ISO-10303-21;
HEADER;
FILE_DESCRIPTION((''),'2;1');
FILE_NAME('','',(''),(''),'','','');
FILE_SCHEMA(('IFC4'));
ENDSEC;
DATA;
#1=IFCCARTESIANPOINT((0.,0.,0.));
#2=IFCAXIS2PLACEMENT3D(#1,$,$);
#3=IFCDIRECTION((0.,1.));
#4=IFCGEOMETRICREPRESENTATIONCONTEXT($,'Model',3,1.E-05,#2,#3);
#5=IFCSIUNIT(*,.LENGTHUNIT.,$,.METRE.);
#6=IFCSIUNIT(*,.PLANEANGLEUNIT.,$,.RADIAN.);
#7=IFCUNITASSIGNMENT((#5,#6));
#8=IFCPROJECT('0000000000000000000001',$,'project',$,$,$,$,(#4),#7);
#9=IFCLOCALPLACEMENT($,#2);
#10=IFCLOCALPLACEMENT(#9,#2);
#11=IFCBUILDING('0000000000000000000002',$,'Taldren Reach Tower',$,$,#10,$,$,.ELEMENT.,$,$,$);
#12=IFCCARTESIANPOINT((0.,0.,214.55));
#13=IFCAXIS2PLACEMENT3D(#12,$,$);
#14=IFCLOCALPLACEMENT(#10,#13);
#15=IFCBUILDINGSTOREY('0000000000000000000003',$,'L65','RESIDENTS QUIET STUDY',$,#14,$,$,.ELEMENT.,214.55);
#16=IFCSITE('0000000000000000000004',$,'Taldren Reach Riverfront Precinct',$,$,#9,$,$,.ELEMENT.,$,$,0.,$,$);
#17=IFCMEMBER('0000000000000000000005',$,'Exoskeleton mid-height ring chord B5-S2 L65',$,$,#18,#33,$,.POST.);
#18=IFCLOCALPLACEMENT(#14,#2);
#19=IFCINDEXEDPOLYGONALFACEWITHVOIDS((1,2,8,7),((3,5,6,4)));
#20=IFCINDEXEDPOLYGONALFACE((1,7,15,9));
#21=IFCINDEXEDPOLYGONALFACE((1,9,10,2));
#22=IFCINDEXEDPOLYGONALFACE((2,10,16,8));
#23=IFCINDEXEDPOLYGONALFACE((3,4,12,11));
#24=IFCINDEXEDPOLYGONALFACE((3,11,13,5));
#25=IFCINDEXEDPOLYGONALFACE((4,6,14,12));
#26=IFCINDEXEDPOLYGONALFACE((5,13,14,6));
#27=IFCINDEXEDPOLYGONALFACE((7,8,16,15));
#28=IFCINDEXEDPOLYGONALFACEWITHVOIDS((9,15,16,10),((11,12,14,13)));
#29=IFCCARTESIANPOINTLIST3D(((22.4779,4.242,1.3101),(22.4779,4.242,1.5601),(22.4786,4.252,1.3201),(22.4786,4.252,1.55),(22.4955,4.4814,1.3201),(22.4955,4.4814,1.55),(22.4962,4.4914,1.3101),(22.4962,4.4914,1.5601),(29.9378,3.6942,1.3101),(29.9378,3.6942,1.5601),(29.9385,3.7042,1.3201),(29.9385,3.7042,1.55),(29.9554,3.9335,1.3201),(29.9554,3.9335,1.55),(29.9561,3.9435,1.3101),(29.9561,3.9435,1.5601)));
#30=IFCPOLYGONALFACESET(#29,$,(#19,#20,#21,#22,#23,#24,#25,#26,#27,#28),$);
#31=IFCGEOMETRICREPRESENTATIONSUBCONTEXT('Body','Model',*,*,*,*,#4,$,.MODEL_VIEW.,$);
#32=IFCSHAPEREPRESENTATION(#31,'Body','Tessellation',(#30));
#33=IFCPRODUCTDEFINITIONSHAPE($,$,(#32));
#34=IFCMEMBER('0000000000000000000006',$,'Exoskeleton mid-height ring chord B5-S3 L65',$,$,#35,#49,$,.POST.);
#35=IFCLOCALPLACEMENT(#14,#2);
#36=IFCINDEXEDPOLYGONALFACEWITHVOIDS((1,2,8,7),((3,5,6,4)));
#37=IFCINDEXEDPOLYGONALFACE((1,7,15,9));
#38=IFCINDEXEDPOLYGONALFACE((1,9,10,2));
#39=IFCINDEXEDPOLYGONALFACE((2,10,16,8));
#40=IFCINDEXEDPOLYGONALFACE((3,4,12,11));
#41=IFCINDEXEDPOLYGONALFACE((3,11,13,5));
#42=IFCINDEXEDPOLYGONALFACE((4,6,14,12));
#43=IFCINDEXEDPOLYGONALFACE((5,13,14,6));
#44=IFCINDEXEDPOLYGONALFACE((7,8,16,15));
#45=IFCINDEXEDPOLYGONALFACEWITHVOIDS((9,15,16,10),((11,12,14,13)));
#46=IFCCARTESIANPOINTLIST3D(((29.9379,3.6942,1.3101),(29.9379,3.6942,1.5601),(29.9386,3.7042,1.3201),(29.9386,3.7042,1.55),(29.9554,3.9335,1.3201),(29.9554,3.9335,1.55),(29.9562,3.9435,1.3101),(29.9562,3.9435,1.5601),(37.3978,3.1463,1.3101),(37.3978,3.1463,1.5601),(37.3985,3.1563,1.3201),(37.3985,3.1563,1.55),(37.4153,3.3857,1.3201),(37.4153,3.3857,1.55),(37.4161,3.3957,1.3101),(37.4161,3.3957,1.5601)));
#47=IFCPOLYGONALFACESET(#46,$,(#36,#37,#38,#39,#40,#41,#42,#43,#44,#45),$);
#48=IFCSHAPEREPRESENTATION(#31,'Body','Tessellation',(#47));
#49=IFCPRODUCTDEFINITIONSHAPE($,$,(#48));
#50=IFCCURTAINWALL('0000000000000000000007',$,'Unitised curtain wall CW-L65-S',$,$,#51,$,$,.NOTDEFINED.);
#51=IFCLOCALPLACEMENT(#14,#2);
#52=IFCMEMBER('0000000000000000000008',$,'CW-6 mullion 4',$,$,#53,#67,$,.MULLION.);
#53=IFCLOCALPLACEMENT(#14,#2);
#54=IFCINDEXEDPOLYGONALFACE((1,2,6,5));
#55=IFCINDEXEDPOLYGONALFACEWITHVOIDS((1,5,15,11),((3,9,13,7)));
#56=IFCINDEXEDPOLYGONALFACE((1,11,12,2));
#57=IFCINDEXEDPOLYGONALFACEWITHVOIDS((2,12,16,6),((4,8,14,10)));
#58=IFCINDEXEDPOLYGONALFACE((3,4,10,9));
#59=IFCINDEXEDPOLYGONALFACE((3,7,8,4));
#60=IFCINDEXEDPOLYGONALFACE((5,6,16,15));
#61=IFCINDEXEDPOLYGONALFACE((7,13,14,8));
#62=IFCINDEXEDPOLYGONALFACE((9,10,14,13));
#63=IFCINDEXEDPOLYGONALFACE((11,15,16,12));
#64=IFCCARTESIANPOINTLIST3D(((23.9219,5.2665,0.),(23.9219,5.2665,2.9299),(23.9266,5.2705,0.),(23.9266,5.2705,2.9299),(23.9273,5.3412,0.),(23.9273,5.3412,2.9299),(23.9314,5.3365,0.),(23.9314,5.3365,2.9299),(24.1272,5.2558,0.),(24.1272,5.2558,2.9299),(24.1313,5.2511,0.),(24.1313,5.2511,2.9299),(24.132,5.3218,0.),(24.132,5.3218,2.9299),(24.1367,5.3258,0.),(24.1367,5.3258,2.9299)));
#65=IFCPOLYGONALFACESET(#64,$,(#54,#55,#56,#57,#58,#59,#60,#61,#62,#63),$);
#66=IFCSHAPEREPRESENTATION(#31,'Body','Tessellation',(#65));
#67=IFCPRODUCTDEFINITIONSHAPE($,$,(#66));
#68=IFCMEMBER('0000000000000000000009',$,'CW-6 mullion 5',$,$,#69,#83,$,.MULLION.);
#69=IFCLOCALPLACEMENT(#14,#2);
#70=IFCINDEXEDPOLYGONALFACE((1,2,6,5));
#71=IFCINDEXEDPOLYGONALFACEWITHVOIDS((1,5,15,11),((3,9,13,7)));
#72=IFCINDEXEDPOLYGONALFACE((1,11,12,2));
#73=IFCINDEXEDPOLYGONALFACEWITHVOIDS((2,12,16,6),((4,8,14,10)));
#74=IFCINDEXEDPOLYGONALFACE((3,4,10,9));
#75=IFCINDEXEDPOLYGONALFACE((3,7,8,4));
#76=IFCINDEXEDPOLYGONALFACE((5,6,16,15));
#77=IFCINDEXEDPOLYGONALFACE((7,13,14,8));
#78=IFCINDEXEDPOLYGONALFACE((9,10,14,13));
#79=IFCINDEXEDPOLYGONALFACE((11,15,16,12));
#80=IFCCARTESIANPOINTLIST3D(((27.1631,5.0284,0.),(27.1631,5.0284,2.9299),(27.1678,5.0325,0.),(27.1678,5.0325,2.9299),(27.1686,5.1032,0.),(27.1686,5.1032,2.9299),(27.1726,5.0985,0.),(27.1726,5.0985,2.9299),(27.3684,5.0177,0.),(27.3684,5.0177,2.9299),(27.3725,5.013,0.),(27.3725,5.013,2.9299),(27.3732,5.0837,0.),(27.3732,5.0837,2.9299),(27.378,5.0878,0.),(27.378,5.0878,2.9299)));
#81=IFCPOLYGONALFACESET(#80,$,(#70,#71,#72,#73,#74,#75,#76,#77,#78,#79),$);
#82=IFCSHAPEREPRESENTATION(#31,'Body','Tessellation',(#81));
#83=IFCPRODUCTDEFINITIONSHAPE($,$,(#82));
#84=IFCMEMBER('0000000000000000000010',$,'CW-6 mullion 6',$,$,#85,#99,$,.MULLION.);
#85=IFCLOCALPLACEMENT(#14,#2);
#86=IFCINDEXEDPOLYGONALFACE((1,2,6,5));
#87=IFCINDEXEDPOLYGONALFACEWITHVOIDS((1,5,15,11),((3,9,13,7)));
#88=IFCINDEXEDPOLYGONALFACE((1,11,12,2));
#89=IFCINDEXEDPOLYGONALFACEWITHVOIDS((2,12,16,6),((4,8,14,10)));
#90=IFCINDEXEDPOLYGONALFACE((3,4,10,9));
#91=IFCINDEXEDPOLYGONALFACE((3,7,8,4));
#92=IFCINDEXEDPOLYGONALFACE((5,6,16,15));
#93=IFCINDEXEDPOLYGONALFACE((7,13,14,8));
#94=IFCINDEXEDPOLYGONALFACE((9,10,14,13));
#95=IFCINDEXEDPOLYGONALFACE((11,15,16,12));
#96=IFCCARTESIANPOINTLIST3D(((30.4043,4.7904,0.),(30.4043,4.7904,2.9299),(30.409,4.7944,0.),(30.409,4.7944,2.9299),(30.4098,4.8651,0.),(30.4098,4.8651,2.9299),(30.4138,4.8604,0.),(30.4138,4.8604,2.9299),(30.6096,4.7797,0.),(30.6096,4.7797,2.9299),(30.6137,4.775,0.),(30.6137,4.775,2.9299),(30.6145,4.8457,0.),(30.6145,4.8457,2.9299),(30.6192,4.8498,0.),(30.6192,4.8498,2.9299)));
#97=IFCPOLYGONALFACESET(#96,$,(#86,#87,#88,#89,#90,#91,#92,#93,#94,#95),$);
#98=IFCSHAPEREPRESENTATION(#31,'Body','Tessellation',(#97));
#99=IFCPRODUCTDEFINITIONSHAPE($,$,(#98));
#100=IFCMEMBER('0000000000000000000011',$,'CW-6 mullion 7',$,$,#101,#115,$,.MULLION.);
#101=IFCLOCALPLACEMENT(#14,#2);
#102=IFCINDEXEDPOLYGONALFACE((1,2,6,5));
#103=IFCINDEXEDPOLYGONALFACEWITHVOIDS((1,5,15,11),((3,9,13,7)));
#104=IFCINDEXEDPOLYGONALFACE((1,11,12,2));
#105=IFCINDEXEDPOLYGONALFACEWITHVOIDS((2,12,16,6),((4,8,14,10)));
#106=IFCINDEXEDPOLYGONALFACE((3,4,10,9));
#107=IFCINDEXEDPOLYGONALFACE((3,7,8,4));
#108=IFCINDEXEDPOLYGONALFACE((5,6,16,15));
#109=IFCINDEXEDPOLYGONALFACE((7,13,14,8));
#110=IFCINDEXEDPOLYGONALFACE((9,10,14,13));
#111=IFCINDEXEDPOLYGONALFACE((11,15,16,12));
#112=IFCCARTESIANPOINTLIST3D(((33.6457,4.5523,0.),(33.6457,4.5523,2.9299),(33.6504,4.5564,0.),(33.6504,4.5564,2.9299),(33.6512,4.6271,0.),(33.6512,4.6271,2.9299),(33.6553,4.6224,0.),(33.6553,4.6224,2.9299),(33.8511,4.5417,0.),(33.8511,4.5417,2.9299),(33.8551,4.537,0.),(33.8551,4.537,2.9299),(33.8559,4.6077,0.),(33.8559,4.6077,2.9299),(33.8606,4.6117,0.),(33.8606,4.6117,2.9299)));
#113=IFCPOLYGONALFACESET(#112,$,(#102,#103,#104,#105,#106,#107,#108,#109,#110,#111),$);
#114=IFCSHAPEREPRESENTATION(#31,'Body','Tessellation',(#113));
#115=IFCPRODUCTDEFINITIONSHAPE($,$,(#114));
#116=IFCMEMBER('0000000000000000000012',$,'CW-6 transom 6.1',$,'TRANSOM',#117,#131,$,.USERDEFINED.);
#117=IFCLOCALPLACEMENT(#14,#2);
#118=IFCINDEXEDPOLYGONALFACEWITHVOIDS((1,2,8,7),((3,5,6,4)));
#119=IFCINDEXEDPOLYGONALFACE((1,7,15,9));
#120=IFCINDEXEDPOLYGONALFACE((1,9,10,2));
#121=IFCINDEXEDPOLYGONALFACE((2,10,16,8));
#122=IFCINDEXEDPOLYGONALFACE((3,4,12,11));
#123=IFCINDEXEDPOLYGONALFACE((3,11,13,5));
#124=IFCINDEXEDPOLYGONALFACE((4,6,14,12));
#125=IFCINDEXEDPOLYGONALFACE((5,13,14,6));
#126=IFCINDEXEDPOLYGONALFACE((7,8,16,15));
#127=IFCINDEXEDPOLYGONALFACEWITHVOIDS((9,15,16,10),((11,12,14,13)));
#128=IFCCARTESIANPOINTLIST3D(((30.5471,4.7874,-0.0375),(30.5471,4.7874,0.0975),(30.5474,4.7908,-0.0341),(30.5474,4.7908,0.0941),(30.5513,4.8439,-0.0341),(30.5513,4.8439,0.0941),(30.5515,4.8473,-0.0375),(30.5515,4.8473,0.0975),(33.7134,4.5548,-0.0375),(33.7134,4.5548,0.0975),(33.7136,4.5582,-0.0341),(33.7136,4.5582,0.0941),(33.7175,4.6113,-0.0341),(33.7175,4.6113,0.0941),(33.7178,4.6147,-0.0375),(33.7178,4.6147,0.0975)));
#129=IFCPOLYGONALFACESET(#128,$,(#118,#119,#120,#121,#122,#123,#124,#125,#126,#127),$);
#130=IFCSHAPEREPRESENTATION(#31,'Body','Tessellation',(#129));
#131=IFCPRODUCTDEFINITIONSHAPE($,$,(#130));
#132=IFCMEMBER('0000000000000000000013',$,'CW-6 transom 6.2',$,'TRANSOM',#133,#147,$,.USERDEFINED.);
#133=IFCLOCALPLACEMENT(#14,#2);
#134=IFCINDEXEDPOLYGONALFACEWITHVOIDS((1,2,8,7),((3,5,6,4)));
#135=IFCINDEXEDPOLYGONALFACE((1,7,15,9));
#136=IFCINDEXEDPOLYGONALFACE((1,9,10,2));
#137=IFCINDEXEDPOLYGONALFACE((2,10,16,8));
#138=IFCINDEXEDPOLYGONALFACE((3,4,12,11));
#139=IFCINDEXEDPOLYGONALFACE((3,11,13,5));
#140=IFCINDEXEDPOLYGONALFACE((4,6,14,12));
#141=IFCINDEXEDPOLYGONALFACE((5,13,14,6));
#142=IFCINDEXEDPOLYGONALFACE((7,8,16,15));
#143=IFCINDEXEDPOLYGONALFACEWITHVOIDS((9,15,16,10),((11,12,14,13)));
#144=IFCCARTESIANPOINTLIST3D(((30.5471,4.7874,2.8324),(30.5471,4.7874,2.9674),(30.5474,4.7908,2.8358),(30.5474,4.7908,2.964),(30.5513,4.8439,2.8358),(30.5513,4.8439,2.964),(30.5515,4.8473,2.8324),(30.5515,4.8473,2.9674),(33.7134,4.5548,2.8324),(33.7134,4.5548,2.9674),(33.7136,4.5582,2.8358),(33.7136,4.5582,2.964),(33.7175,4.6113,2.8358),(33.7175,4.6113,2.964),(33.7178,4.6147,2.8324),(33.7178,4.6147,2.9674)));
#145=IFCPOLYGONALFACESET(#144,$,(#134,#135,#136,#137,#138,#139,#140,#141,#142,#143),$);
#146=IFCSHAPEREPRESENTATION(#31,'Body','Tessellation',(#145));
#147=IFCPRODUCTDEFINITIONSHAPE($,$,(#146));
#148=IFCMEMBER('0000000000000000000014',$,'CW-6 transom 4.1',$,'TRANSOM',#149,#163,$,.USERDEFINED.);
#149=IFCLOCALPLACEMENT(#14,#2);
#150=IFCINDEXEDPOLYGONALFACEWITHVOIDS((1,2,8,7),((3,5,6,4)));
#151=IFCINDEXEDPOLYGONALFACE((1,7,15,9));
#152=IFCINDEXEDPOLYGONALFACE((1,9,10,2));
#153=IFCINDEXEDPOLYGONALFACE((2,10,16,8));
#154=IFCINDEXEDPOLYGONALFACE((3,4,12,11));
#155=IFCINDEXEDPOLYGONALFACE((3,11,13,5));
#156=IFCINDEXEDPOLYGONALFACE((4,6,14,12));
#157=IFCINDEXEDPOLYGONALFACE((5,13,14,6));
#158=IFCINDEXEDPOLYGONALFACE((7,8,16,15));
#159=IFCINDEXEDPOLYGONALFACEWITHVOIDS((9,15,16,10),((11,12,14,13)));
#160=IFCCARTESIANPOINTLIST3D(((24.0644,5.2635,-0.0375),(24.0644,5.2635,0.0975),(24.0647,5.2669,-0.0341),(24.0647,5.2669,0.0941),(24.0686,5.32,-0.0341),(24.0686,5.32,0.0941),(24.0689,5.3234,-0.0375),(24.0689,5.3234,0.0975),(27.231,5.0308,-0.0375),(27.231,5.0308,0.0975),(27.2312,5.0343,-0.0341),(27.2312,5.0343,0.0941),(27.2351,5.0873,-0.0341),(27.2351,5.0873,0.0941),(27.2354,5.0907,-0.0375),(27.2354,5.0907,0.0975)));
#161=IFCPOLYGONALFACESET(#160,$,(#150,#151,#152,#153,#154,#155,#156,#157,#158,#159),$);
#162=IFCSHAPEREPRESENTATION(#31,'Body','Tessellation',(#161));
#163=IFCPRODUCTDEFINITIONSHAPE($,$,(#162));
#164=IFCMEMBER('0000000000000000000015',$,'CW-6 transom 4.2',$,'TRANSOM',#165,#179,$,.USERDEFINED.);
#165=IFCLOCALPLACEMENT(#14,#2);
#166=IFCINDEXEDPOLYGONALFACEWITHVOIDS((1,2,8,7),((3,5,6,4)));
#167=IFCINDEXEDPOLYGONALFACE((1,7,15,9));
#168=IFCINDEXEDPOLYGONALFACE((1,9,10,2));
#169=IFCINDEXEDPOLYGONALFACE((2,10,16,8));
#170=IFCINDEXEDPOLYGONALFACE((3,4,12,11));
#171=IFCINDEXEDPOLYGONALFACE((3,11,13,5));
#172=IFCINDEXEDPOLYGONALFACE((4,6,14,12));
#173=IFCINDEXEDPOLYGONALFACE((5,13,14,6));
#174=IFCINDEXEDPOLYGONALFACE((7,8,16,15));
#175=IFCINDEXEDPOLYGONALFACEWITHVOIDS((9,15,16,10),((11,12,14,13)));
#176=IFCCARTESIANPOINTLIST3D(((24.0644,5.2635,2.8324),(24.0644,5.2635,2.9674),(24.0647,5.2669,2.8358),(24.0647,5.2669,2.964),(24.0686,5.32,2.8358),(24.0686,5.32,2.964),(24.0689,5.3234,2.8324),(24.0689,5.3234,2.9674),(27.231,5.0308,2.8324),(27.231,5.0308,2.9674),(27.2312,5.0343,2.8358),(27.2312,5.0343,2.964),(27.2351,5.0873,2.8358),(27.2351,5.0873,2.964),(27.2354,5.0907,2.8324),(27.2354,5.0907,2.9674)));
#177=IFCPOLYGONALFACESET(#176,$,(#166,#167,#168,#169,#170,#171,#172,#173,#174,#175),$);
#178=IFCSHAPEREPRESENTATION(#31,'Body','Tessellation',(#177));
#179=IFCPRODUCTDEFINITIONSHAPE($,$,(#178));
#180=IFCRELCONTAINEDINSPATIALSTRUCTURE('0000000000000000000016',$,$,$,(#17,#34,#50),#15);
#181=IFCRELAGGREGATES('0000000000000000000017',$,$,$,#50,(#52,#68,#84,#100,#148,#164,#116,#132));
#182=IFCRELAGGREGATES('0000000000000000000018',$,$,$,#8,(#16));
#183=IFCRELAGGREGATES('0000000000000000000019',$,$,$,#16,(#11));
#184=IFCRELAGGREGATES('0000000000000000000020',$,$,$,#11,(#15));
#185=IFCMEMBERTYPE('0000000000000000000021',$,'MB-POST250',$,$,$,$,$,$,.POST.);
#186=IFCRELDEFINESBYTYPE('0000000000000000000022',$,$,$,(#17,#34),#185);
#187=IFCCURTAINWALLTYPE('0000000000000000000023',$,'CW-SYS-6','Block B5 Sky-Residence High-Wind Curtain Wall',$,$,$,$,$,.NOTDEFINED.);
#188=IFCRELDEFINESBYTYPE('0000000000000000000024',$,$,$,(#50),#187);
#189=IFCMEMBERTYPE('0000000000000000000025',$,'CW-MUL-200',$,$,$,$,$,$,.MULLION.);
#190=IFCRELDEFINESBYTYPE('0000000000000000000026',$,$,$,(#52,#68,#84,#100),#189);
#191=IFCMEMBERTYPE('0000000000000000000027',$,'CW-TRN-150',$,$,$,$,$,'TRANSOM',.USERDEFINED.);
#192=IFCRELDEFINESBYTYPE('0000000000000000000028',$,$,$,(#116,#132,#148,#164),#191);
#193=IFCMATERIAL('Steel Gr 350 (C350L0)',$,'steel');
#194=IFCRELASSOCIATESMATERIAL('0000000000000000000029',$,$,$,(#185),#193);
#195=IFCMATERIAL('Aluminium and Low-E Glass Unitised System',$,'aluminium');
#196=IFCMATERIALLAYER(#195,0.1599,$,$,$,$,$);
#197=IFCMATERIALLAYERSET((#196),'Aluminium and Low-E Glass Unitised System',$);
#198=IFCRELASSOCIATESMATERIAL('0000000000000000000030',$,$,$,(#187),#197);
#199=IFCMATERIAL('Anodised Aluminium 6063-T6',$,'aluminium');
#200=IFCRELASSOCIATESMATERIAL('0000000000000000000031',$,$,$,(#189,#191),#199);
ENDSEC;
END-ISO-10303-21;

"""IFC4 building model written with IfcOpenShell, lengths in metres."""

from ifc_helpers import new_model, si_unit, direction, frame, origin, origin_2d, place, context, subcontext, project, spatial, hollow_rectangle, extrude, source, transform, mapped, material, layer, layer_set, material_profile, profile_set, type_object, element, aggregate, save


model = new_model("IFC4")

# Units and contexts
model_context = context("Model", 3, precision=1e-05, world=origin(), true_north=direction((0.0, 1.0)))
body_context = subcontext(model_context, "Body", "Model", "MODEL_VIEW")
ifc_project = project(units=[si_unit("LENGTHUNIT", "METRE"), si_unit("PLANEANGLEUNIT", "RADIAN")], contexts=[model_context])

# Site, building, storey
site_placement = place(None, origin())
site = spatial("IfcSite", under=ifc_project, at=site_placement, Name="Taldren Reach Riverfront Precinct", CompositionType="ELEMENT", RefElevation=0.0)
building_placement = place(site_placement, origin())
building = spatial("IfcBuilding", under=site, at=building_placement, Name="Taldren Reach Tower", CompositionType="ELEMENT")
storey_placement = place(building_placement, frame((0.0, 0.0, 214.55)))
storey = spatial("IfcBuildingStorey", under=building, at=storey_placement, Name="L65", Description="RESIDENTS QUIET STUDY", CompositionType="ELEMENT", Elevation=214.55)

# Shared definitions
ifc_material_1 = material(Name="Steel Gr 350 (C350L0)", Category="steel")
ifc_material_profile_1 = material_profile(ifc_material_1, hollow_rectangle(XDim=0.25, YDim=0.25, WallThickness=0.01, at=origin_2d()), Name="250x250x10.0SHS")
ifc_profile_set_1 = profile_set([ifc_material_profile_1], Name="Steel Gr 350 (C350L0)")
member_type_1 = type_object("IfcMemberType", Name="MB-POST250", PredefinedType="POST", material=ifc_profile_set_1)

# Members
shared_shape_1 = source(origin(), body_context, "Body", "SweptSolid", [
    extrude(hollow_rectangle(XDim=0.25, YDim=0.25, WallThickness=0.01, at=origin_2d()), origin(), (0.0, 0.0, 1.0), 7.48),
])
for number, where, z_axis, x_axis, name in (
    (1, (22.4871, 4.3667, 1.4351), (0.997314, -0.073242, 0.0), (0.073242, 0.997314, 0.0), "Exoskeleton mid-height ring chord B5-S2 L65"),
    (2, (29.947, 3.8188, 1.4351), (0.997314, -0.073242, 0.0), (0.073242, 0.997314, 0.0), "Exoskeleton mid-height ring chord B5-S3 L65"),
):
    element("IfcMember", number, at=place(storey_placement, frame(where, z_axis=z_axis, x_axis=x_axis)), inside=storey, type_object=member_type_1, Name=name, PredefinedType="POST", context=body_context, shape_type="MappedRepresentation", body=[
        mapped(shared_shape_1, transform((0.0, 0.0, 0.0), scale=1.0)),
    ])

# Curtain wall, members
ifc_material_2 = material(Name="Aluminium and Low-E Glass Unitised System", Category="aluminium")
ifc_layer_1 = layer(ifc_material_2, 0.1599)
ifc_layer_set_1 = layer_set([ifc_layer_1], Name="Aluminium and Low-E Glass Unitised System")
curtain_wall_type = type_object("IfcCurtainWallType", Name="CW-SYS-6", Description="Block B5 Sky-Residence High-Wind Curtain Wall", PredefinedType="NOTDEFINED", material=ifc_layer_set_1)
curtain_wall_placement = place(storey_placement, origin())
curtain_wall = element("IfcCurtainWall", 3, at=curtain_wall_placement, inside=storey, type_object=curtain_wall_type, Name="Unitised curtain wall CW-L65-S", PredefinedType="NOTDEFINED")
ifc_material_3 = material(Name="Anodised Aluminium 6063-T6", Category="aluminium")
ifc_material_profile_2 = material_profile(ifc_material_3, hollow_rectangle(XDim=0.075, YDim=0.21, WallThickness=0.0044, at=origin_2d()), Name="ALU-210x75x4.5RHS")
ifc_profile_set_2 = profile_set([ifc_material_profile_2], Name="Anodised Aluminium 6063-T6")
member_type_2 = type_object("IfcMemberType", Name="CW-MUL-200", PredefinedType="MULLION", material=ifc_profile_set_2)
shared_shape_2 = source(origin(), body_context, "Body", "SweptSolid", [
    extrude(hollow_rectangle(XDim=0.075, YDim=0.21, WallThickness=0.0044, at=origin_2d()), origin(), (0.0, 0.0, 1.0), 2.9299),
])
member_1_placement = place(storey_placement, frame((24.0293, 5.2961, 0.0), z_axis=(0.0, 0.0, 1.0), x_axis=(0.073238, 0.997314, 0.0)))
member_1 = element("IfcMember", 4, at=member_1_placement, type_object=member_type_2, Name="CW-6 mullion 4", PredefinedType="MULLION", context=body_context, shape_type="MappedRepresentation", body=[
    mapped(shared_shape_2, transform((0.0, 0.0, 0.0), scale=1.0)),
])
member_2_placement = place(storey_placement, frame((27.2705, 5.0581, 0.0), z_axis=(0.0, 0.0, 1.0), x_axis=(0.073238, 0.997314, 0.0)))
member_2 = element("IfcMember", 5, at=member_2_placement, type_object=member_type_2, Name="CW-6 mullion 5", PredefinedType="MULLION", context=body_context, shape_type="MappedRepresentation", body=[
    mapped(shared_shape_2, transform((0.0, 0.0, 0.0), scale=1.0)),
])
member_3_placement = place(storey_placement, frame((30.5117, 4.8201, 0.0), z_axis=(0.0, 0.0, 1.0), x_axis=(0.073238, 0.997314, 0.0)))
member_3 = element("IfcMember", 6, at=member_3_placement, type_object=member_type_2, Name="CW-6 mullion 6", PredefinedType="MULLION", context=body_context, shape_type="MappedRepresentation", body=[
    mapped(shared_shape_2, transform((0.0, 0.0, 0.0), scale=1.0)),
])
member_4_placement = place(storey_placement, frame((33.7532, 4.582, 0.0), z_axis=(0.0, 0.0, 1.0), x_axis=(0.073238, 0.997314, 0.0)))
member_4 = element("IfcMember", 7, at=member_4_placement, type_object=member_type_2, Name="CW-6 mullion 7", PredefinedType="MULLION", context=body_context, shape_type="MappedRepresentation", body=[
    mapped(shared_shape_2, transform((0.0, 0.0, 0.0), scale=1.0)),
])
ifc_material_profile_3 = material_profile(ifc_material_3, hollow_rectangle(XDim=0.0601, YDim=0.135, WallThickness=0.0034, at=origin_2d()), Name="ALU-135x60x3.5RHS")
ifc_profile_set_3 = profile_set([ifc_material_profile_3], Name="Anodised Aluminium 6063-T6")
member_type_3 = type_object("IfcMemberType", Name="CW-TRN-150", ElementType="TRANSOM", PredefinedType="USERDEFINED", material=ifc_profile_set_3)
shared_shape_3 = source(origin(), body_context, "Body", "SweptSolid", [
    extrude(hollow_rectangle(XDim=0.0601, YDim=0.135, WallThickness=0.0034, at=origin_2d()), origin(), (0.0, 0.0, 1.0), 3.1748),
])
member_5_placement = place(storey_placement, frame((30.5493, 4.8174, 0.03), z_axis=(0.997311, -0.073285, 0.0), x_axis=(0.073285, 0.997311, 0.0)))
member_5 = element("IfcMember", 8, at=member_5_placement, type_object=member_type_3, Name="CW-6 transom 6.1", ObjectType="TRANSOM", PredefinedType="USERDEFINED", context=body_context, shape_type="MappedRepresentation", body=[
    mapped(shared_shape_3, transform((0.0, 0.0, 0.0), scale=1.0)),
])
member_6_placement = place(storey_placement, frame((30.5493, 4.8174, 2.8999), z_axis=(0.997311, -0.073285, 0.0), x_axis=(0.073285, 0.997311, 0.0)))
member_6 = element("IfcMember", 9, at=member_6_placement, type_object=member_type_3, Name="CW-6 transom 6.2", ObjectType="TRANSOM", PredefinedType="USERDEFINED", context=body_context, shape_type="MappedRepresentation", body=[
    mapped(shared_shape_3, transform((0.0, 0.0, 0.0), scale=1.0)),
])
shared_shape_4 = source(origin(), body_context, "Body", "SweptSolid", [
    extrude(hollow_rectangle(XDim=0.0601, YDim=0.135, WallThickness=0.0034, at=origin_2d()), origin(), (0.0, 0.0, 1.0), 3.175),
])
member_7_placement = place(storey_placement, frame((24.0667, 5.2935, 0.03), z_axis=(0.997311, -0.07328, 0.0), x_axis=(0.07328, 0.997311, 0.0)))
member_7 = element("IfcMember", 10, at=member_7_placement, type_object=member_type_3, Name="CW-6 transom 4.1", ObjectType="TRANSOM", PredefinedType="USERDEFINED", context=body_context, shape_type="MappedRepresentation", body=[
    mapped(shared_shape_4, transform((0.0, 0.0, 0.0), scale=1.0)),
])
member_8_placement = place(storey_placement, frame((24.0667, 5.2935, 2.8999), z_axis=(0.997311, -0.07328, 0.0), x_axis=(0.07328, 0.997311, 0.0)))
member_8 = element("IfcMember", 11, at=member_8_placement, type_object=member_type_3, Name="CW-6 transom 4.2", ObjectType="TRANSOM", PredefinedType="USERDEFINED", context=body_context, shape_type="MappedRepresentation", body=[
    mapped(shared_shape_4, transform((0.0, 0.0, 0.0), scale=1.0)),
])

aggregate(curtain_wall, [member_1, member_2, member_3, member_4, member_7, member_8, member_5, member_6])

save(model, "model.ifc")
